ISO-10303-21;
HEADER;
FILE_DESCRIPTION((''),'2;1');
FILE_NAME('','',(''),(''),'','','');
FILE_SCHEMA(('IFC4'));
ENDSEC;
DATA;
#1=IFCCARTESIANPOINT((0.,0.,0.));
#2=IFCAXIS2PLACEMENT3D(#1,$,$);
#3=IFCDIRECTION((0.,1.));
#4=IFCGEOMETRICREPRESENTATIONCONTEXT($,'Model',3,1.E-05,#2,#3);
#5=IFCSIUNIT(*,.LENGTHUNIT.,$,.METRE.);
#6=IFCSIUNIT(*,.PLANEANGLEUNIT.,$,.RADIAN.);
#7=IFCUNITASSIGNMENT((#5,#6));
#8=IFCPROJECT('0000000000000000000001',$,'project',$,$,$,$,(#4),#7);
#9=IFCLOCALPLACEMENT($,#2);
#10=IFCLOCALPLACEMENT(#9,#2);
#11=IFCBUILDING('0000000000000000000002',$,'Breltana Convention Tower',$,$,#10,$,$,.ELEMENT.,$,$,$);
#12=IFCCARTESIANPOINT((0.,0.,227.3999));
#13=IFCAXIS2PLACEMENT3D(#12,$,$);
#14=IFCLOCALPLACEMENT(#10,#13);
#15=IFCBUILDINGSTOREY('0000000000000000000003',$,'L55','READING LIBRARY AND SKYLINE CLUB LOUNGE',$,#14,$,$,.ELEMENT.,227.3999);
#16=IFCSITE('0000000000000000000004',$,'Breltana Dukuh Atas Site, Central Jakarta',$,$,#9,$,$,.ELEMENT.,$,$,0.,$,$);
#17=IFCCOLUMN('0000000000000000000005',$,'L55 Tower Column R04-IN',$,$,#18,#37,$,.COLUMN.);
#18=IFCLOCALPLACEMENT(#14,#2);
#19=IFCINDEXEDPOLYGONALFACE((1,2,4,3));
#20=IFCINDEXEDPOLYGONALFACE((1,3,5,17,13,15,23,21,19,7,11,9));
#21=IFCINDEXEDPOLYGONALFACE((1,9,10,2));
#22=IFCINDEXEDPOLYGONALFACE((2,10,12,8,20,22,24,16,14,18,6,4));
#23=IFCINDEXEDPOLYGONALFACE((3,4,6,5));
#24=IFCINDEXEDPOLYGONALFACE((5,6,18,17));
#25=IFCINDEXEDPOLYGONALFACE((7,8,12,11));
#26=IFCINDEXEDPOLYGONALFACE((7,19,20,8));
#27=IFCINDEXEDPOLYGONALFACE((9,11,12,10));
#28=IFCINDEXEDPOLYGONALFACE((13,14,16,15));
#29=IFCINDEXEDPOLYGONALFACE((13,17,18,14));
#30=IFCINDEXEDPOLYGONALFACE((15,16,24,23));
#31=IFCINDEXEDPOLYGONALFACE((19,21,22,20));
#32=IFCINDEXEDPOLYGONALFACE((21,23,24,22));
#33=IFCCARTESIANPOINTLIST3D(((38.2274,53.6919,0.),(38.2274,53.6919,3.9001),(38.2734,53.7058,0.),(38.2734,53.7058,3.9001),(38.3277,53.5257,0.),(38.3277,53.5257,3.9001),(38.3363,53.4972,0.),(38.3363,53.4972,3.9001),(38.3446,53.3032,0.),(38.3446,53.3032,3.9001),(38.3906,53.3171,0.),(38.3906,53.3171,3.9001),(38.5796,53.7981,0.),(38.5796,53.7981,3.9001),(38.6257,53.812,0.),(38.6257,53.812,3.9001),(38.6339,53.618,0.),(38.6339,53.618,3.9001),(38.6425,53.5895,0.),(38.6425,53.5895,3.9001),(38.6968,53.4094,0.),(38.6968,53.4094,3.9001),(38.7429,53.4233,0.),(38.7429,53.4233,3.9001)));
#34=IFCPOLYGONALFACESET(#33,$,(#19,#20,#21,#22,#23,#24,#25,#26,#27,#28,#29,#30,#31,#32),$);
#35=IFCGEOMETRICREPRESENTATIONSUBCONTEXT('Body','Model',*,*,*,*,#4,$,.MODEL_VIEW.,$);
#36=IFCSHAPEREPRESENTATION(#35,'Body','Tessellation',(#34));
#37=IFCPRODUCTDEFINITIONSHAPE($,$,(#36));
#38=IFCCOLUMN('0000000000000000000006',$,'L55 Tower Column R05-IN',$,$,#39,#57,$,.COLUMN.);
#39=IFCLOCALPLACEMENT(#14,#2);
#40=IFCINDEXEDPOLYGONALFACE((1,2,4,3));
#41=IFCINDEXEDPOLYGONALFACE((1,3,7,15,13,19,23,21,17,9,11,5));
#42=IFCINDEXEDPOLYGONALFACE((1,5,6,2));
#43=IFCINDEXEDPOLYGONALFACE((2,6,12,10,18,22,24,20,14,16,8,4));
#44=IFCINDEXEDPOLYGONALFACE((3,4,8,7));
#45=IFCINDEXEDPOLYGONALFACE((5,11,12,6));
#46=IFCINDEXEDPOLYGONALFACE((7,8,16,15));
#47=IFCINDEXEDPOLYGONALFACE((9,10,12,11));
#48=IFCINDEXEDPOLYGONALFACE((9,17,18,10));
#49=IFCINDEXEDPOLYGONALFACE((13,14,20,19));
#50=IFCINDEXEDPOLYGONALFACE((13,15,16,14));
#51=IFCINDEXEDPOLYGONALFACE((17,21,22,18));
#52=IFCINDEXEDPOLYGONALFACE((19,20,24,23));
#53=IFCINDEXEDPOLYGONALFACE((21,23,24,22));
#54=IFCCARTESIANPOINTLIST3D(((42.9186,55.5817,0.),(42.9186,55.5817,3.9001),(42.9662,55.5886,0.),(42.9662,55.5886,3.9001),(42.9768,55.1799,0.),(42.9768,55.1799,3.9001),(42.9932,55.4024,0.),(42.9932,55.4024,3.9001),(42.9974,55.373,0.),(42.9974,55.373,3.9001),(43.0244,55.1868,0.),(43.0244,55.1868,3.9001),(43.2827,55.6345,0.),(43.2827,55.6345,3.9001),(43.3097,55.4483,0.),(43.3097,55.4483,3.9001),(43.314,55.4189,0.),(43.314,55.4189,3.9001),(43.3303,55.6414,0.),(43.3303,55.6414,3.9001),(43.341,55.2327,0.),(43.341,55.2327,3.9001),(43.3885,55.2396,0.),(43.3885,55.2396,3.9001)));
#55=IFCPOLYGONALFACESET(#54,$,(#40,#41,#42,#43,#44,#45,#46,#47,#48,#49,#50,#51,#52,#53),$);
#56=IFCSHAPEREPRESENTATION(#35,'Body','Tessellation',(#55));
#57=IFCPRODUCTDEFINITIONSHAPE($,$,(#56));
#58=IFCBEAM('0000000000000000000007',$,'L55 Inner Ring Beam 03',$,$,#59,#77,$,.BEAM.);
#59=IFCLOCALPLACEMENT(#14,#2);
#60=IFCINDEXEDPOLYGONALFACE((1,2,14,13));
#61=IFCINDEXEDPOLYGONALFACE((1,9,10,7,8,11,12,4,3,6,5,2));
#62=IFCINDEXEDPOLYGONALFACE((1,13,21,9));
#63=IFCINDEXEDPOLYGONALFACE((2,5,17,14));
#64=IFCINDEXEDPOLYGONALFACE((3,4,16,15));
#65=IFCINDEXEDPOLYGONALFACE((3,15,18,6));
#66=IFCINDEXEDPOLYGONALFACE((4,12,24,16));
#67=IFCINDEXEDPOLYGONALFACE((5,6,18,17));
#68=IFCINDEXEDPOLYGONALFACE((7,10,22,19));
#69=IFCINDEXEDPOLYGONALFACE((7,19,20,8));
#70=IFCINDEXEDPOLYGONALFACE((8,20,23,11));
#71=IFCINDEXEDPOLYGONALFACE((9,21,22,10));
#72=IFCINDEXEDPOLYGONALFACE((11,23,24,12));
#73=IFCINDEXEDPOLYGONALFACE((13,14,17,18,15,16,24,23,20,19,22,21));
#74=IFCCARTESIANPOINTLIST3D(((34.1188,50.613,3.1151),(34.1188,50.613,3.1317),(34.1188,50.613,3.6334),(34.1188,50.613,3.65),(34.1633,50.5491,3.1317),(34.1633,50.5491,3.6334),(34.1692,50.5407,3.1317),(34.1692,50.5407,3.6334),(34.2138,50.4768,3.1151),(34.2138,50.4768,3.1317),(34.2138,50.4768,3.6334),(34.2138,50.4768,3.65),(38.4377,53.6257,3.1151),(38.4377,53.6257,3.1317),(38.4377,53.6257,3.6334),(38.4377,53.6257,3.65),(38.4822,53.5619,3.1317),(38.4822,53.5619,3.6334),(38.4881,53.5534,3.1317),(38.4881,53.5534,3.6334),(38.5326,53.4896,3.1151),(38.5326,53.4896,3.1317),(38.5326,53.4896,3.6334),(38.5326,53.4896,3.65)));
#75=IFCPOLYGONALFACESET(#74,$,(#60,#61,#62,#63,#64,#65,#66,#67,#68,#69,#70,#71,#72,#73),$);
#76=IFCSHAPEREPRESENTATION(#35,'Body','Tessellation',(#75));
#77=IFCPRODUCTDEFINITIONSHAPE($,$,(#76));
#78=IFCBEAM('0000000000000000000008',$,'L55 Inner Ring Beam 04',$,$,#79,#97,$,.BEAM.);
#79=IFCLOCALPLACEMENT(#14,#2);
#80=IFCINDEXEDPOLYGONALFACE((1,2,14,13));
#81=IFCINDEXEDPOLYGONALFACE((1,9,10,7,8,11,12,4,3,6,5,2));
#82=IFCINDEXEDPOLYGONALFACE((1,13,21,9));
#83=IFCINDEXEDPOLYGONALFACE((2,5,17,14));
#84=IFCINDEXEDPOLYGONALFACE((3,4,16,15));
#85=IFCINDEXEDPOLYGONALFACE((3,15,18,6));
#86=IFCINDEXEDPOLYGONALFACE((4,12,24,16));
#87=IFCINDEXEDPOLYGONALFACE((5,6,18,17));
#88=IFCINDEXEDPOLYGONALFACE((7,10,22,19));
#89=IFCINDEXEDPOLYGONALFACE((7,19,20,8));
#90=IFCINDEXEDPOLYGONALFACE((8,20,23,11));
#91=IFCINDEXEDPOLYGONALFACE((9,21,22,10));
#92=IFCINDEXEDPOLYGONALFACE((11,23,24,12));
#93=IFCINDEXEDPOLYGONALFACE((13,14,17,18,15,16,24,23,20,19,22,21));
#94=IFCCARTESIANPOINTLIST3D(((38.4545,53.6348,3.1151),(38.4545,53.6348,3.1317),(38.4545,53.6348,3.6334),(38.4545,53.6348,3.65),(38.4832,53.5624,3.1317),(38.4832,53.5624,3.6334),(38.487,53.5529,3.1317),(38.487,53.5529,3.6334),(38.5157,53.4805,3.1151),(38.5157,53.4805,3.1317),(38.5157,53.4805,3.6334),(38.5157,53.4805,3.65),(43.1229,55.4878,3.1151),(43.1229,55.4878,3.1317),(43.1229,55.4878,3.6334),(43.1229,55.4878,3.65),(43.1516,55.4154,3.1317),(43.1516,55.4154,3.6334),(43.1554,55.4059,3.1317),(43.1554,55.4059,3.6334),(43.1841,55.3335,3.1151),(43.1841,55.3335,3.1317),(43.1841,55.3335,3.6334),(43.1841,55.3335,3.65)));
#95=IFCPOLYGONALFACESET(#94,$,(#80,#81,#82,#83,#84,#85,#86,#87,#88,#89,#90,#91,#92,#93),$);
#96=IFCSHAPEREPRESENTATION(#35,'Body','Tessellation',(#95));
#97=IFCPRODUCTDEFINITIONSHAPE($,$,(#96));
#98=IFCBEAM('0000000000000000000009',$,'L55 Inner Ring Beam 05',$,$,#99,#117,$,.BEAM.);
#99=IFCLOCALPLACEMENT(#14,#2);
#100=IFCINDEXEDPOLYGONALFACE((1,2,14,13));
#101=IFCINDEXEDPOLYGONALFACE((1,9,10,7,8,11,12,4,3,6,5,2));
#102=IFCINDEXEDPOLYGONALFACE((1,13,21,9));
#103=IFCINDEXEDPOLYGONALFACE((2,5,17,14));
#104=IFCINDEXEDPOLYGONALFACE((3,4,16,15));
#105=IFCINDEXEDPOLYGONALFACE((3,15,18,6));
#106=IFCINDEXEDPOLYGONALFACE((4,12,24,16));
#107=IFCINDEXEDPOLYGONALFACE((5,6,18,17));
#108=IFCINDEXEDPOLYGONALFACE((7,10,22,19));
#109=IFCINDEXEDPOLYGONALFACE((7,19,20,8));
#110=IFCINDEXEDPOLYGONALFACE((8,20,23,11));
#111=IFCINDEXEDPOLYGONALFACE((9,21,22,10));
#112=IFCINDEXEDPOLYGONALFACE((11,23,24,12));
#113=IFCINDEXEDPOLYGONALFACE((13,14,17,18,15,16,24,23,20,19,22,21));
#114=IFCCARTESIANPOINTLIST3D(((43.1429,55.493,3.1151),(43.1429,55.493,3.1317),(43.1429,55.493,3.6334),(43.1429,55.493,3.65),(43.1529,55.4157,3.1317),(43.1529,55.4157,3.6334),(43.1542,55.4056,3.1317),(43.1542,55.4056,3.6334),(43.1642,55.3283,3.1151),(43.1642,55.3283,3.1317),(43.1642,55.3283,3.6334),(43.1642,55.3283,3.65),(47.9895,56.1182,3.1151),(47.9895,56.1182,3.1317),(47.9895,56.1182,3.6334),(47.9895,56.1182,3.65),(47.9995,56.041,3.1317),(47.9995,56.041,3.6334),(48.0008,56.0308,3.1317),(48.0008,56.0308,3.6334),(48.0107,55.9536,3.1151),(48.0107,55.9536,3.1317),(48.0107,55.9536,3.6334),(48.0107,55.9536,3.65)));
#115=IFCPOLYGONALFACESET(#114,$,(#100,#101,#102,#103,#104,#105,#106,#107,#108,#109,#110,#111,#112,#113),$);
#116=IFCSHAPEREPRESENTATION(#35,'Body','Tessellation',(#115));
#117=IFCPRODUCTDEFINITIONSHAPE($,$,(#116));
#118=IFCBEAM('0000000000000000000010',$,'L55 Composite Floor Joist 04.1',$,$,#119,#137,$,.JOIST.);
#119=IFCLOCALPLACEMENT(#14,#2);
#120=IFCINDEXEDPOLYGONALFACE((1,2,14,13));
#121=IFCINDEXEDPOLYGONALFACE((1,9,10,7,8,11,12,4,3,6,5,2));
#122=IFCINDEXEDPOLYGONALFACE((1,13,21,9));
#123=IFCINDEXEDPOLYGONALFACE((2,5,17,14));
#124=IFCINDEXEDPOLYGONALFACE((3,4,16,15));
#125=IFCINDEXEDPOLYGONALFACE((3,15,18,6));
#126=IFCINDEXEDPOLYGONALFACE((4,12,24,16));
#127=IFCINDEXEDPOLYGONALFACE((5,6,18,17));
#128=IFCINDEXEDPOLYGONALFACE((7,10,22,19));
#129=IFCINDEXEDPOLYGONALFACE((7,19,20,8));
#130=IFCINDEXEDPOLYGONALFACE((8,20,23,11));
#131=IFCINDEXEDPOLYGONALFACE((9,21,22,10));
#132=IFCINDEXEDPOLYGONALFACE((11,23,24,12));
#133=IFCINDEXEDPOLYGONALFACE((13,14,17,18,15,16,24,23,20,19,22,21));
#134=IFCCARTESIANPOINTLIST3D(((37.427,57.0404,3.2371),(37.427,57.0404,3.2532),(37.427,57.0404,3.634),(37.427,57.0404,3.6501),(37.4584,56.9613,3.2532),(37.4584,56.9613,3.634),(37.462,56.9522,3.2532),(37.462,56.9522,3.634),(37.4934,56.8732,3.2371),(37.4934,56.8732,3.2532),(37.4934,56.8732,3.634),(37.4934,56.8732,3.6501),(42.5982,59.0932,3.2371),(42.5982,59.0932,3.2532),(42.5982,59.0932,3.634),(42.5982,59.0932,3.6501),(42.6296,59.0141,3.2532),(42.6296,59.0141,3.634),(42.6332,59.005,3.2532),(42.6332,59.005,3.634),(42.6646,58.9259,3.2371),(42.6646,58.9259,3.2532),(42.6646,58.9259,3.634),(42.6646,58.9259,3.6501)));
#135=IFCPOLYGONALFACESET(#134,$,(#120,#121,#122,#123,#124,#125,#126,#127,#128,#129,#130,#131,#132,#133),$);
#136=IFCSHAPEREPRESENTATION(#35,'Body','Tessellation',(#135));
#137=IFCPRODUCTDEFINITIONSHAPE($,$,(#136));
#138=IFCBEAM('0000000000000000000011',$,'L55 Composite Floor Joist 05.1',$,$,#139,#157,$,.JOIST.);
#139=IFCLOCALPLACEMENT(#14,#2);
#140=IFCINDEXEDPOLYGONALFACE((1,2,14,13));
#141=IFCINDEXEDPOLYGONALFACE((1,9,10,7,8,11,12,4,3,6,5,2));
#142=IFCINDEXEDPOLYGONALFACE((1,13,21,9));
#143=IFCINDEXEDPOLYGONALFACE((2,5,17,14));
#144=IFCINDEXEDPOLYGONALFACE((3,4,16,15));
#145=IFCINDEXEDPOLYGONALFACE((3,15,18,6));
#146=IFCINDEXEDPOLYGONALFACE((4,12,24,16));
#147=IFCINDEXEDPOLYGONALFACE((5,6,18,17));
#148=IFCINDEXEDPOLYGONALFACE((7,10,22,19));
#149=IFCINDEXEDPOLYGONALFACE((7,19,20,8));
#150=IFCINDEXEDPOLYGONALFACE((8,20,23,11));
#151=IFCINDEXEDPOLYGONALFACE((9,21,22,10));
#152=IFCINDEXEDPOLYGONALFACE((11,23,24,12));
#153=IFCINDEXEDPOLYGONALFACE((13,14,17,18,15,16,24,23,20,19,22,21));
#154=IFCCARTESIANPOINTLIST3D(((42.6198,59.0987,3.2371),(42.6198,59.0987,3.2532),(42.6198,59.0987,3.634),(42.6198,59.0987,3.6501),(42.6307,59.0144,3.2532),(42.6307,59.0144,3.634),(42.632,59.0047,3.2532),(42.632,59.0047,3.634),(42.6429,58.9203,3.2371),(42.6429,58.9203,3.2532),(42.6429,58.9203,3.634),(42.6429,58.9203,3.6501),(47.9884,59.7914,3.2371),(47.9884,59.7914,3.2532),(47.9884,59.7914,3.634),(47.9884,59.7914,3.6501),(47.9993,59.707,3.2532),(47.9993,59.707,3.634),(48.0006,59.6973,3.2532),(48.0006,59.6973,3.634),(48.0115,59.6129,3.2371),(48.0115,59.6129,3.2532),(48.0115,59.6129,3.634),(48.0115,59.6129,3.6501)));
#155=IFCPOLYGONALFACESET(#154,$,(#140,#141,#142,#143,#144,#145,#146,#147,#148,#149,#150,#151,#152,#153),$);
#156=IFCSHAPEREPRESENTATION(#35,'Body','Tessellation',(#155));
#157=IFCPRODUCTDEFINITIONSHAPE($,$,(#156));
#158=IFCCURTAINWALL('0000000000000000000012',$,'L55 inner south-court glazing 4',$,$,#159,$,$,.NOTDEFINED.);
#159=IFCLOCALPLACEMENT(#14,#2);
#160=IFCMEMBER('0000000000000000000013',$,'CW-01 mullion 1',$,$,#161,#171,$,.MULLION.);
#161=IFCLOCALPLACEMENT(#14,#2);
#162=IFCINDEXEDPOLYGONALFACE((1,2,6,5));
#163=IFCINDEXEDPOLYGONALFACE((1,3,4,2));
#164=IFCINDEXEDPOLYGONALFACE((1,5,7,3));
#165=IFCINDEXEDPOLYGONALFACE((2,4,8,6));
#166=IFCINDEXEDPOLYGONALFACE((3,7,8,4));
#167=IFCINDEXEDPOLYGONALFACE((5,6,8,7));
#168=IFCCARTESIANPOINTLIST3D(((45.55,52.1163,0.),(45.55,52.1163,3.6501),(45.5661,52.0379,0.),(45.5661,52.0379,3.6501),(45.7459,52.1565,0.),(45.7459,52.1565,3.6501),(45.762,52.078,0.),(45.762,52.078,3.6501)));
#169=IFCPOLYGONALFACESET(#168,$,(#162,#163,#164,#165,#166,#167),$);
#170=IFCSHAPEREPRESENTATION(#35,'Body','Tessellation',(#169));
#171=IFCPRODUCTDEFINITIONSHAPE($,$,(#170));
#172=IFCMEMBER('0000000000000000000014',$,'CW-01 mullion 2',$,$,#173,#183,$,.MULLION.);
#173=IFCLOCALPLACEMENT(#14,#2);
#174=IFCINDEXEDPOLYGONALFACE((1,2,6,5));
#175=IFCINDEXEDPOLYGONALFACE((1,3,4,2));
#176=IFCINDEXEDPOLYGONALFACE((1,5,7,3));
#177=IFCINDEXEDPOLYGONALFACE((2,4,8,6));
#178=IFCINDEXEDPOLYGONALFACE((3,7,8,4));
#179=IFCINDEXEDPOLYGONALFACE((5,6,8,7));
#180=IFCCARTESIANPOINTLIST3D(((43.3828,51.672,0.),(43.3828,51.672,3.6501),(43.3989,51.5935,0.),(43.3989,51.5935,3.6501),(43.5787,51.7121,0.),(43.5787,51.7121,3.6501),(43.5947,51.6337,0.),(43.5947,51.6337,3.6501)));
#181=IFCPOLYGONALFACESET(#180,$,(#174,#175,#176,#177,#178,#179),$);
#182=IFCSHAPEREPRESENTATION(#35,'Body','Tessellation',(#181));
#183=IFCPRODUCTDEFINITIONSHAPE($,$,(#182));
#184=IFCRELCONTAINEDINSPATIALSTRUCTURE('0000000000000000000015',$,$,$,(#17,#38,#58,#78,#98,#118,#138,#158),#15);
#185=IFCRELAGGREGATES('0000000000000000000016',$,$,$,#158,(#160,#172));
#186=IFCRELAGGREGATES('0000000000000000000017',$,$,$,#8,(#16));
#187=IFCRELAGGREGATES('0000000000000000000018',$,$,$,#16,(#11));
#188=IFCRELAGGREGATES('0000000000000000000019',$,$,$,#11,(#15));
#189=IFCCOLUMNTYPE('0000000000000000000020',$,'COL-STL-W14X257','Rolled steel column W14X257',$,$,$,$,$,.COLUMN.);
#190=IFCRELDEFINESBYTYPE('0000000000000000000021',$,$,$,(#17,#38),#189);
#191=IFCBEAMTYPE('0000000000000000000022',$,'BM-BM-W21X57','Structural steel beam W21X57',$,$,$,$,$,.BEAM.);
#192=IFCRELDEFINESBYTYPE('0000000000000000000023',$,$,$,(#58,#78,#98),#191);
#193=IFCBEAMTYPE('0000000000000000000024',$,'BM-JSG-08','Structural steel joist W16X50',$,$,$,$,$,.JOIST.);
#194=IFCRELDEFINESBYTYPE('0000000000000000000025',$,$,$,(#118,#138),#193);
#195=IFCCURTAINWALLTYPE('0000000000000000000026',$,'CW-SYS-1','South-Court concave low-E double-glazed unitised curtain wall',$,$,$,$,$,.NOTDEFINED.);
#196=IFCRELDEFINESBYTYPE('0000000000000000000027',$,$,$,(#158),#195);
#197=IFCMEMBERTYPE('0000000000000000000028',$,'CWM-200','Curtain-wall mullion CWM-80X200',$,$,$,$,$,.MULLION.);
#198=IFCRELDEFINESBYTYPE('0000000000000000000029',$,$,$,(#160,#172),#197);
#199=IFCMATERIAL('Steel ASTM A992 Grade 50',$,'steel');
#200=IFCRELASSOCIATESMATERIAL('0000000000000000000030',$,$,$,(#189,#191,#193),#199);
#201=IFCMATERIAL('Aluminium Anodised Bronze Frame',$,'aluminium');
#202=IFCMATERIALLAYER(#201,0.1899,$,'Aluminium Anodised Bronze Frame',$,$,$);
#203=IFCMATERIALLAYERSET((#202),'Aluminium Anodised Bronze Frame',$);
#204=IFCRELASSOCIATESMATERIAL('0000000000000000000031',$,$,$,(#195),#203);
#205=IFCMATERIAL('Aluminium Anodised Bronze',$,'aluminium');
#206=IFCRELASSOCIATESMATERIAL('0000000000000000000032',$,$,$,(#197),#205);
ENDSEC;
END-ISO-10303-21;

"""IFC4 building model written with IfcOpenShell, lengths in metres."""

from ifc_helpers import new_model, si_unit, direction, frame, origin, origin_2d, place, context, subcontext, project, spatial, rectangle, i_section, extrude, source, transform, mapped, material, layer, layer_set, material_profile, profile_set, type_object, element, aggregate, save


model = new_model("IFC4")

# Units and contexts
model_context = context("Model", 3, precision=1e-05, world=origin(), true_north=direction((0.0, 1.0)))
body_context = subcontext(model_context, "Body", "Model", "MODEL_VIEW")
ifc_project = project(units=[si_unit("LENGTHUNIT", "METRE"), si_unit("PLANEANGLEUNIT", "RADIAN")], contexts=[model_context])

# Site, building, storey
site_placement = place(None, origin())
site = spatial("IfcSite", under=ifc_project, at=site_placement, Name="Breltana Dukuh Atas Site, Central Jakarta", CompositionType="ELEMENT", RefElevation=0.0)
building_placement = place(site_placement, origin())
building = spatial("IfcBuilding", under=site, at=building_placement, Name="Breltana Convention Tower", CompositionType="ELEMENT")
storey_placement = place(building_placement, frame((0.0, 0.0, 227.3999)))
storey = spatial("IfcBuildingStorey", under=building, at=storey_placement, Name="L55", Description="READING LIBRARY AND SKYLINE CLUB LOUNGE", CompositionType="ELEMENT", Elevation=227.3999)

# Columns
ifc_material_1 = material(Name="Steel ASTM A992 Grade 50", Category="steel")
ifc_material_profile_1 = material_profile(ifc_material_1, i_section(OverallWidth=0.406, OverallDepth=0.416, WebThickness=0.0298, FlangeThickness=0.0481, at=origin_2d()), Name="W14X257")
ifc_profile_set_1 = profile_set([ifc_material_profile_1], Name="Steel ASTM A992 Grade 50")
column_type = type_object("IfcColumnType", Name="COL-STL-W14X257", Description="Rolled steel column W14X257", PredefinedType="COLUMN", material=ifc_profile_set_1)
shared_shape_1 = source(origin(), body_context, "Body", "SweptSolid", [
    extrude(i_section(OverallWidth=0.406, OverallDepth=0.416, WebThickness=0.0298, FlangeThickness=0.0481, at=origin_2d()), origin(), (0.0, 0.0, 1.0), 3.9001),
])
for number, where, z_axis, x_axis, name in (
    (1, (38.4851, 53.5576, 0.0), (0.0, 0.0, 1.0), (-0.288698, 0.95742, 0.0), "L55 Tower Column R04-IN"),
    (2, (43.1536, 55.4106, 0.0), (0.0, 0.0, 1.0), (-0.143493, 0.989651, 0.0), "L55 Tower Column R05-IN"),
):
    element("IfcColumn", number, at=place(storey_placement, frame(where, z_axis=z_axis, x_axis=x_axis)), inside=storey, type_object=column_type, Name=name, PredefinedType="COLUMN", context=body_context, shape_type="MappedRepresentation", body=[
        mapped(shared_shape_1, transform((0.0, 0.0, 0.0), scale=1.0)),
    ])

# Beams
ifc_material_profile_2 = material_profile(ifc_material_1, i_section(OverallWidth=0.166, OverallDepth=0.5349, WebThickness=0.0103, FlangeThickness=0.0166, at=origin_2d()), Name="W21X57")
ifc_profile_set_2 = profile_set([ifc_material_profile_2], Name="Steel ASTM A992 Grade 50")
beam_type_1 = type_object("IfcBeamType", Name="BM-BM-W21X57", Description="Structural steel beam W21X57", PredefinedType="BEAM", material=ifc_profile_set_2)
shared_shape_2 = source(origin(), body_context, "Body", "SweptSolid", [
    extrude(i_section(OverallWidth=0.166, OverallDepth=0.5349, WebThickness=0.0103, FlangeThickness=0.0166, at=origin_2d()), origin(), (0.0, 0.0, 1.0), 5.2659),
])
beam_1_placement = place(storey_placement, frame((34.1663, 50.5449, 3.3826), z_axis=(0.820167, 0.572124, 0.0), x_axis=(-0.572124, 0.820167, 0.0)))
element("IfcBeam", 3, at=beam_1_placement, inside=storey, type_object=beam_type_1, Name="L55 Inner Ring Beam 03", PredefinedType="BEAM", context=body_context, shape_type="MappedRepresentation", body=[
    mapped(shared_shape_2, transform((0.0, 0.0, 0.0), scale=1.0)),
])
shared_shape_3 = source(origin(), body_context, "Body", "SweptSolid", [
    extrude(i_section(OverallWidth=0.166, OverallDepth=0.5349, WebThickness=0.0103, FlangeThickness=0.0166, at=origin_2d()), origin(), (0.0, 0.0, 1.0), 5.0227),
])
beam_2_placement = place(storey_placement, frame((38.4851, 53.5576, 3.3826), z_axis=(0.929459, 0.368926, 0.0), x_axis=(-0.368926, 0.929459, 0.0)))
element("IfcBeam", 4, at=beam_2_placement, inside=storey, type_object=beam_type_1, Name="L55 Inner Ring Beam 04", PredefinedType="BEAM", context=body_context, shape_type="MappedRepresentation", body=[
    mapped(shared_shape_3, transform((0.0, 0.0, 0.0), scale=1.0)),
])
shared_shape_4 = source(origin(), body_context, "Body", "SweptSolid", [
    extrude(i_section(OverallWidth=0.166, OverallDepth=0.5349, WebThickness=0.0103, FlangeThickness=0.0166, at=origin_2d()), origin(), (0.0, 0.0, 1.0), 4.8867),
])
beam_3_placement = place(storey_placement, frame((43.1536, 55.4106, 3.3826), z_axis=(0.991781, 0.127951, 0.0), x_axis=(-0.127951, 0.991781, 0.0)))
element("IfcBeam", 5, at=beam_3_placement, inside=storey, type_object=beam_type_1, Name="L55 Inner Ring Beam 05", PredefinedType="BEAM", context=body_context, shape_type="MappedRepresentation", body=[
    mapped(shared_shape_4, transform((0.0, 0.0, 0.0), scale=1.0)),
])
ifc_material_profile_3 = material_profile(ifc_material_1, i_section(OverallWidth=0.1799, OverallDepth=0.4131, WebThickness=0.0098, FlangeThickness=0.0161, at=origin_2d()), Name="W16X50")
ifc_profile_set_3 = profile_set([ifc_material_profile_3], Name="Steel ASTM A992 Grade 50")
beam_type_2 = type_object("IfcBeamType", Name="BM-JSG-08", Description="Structural steel joist W16X50", PredefinedType="JOIST", material=ifc_profile_set_3)
shared_shape_5 = source(origin(), body_context, "Body", "SweptSolid", [
    extrude(i_section(OverallWidth=0.1799, OverallDepth=0.4131, WebThickness=0.0098, FlangeThickness=0.0161, at=origin_2d()), origin(), (0.0, 0.0, 1.0), 5.5637),
])
beam_4_placement = place(storey_placement, frame((37.4602, 56.9568, 3.4436), z_axis=(0.929448, 0.368953, 0.0), x_axis=(-0.368953, 0.929448, 0.0)))
element("IfcBeam", 6, at=beam_4_placement, inside=storey, type_object=beam_type_2, Name="L55 Composite Floor Joist 04.1", PredefinedType="JOIST", context=body_context, shape_type="MappedRepresentation", body=[
    mapped(shared_shape_5, transform((0.0, 0.0, 0.0), scale=1.0)),
])
shared_shape_6 = source(origin(), body_context, "Body", "SweptSolid", [
    extrude(i_section(OverallWidth=0.1799, OverallDepth=0.4131, WebThickness=0.0098, FlangeThickness=0.0161, at=origin_2d()), origin(), (0.0, 0.0, 1.0), 5.4131),
])
beam_5_placement = place(storey_placement, frame((42.6313, 59.0095, 3.4436), z_axis=(0.99178, 0.127953, 0.0), x_axis=(-0.127953, 0.99178, 0.0)))
element("IfcBeam", 7, at=beam_5_placement, inside=storey, type_object=beam_type_2, Name="L55 Composite Floor Joist 05.1", PredefinedType="JOIST", context=body_context, shape_type="MappedRepresentation", body=[
    mapped(shared_shape_6, transform((0.0, 0.0, 0.0), scale=1.0)),
])

# Curtain wall, members
ifc_material_2 = material(Name="Aluminium Anodised Bronze Frame", Category="aluminium")
ifc_layer_1 = layer(ifc_material_2, 0.1899, Name="Aluminium Anodised Bronze Frame")
ifc_layer_set_1 = layer_set([ifc_layer_1], Name="Aluminium Anodised Bronze Frame")
curtain_wall_type = type_object("IfcCurtainWallType", Name="CW-SYS-1", Description="South-Court concave low-E double-glazed unitised curtain wall", PredefinedType="NOTDEFINED", material=ifc_layer_set_1)
curtain_wall_placement = place(storey_placement, origin())
curtain_wall = element("IfcCurtainWall", 8, at=curtain_wall_placement, inside=storey, type_object=curtain_wall_type, Name="L55 inner south-court glazing 4", PredefinedType="NOTDEFINED")
ifc_material_3 = material(Name="Aluminium Anodised Bronze", Category="aluminium")
ifc_material_profile_4 = material_profile(ifc_material_3, rectangle(XDim=0.0801, YDim=0.2, at=origin_2d()), Name="CWM-80X200")
ifc_profile_set_4 = profile_set([ifc_material_profile_4], Name="Aluminium Anodised Bronze")
member_type_1 = type_object("IfcMemberType", Name="CWM-200", Description="Curtain-wall mullion CWM-80X200", PredefinedType="MULLION", material=ifc_profile_set_4)
shared_shape_7 = source(origin(), body_context, "Body", "SweptSolid", [
    extrude(rectangle(XDim=0.0801, YDim=0.2, at=origin_2d()), origin(), (0.0, 0.0, 1.0), 3.6501),
])
member_1_placement = place(storey_placement, frame((45.656, 52.0972, 0.0), z_axis=(0.0, 0.0, 1.0), x_axis=(0.200854, -0.979621, 0.0)))
member_1 = element("IfcMember", 9, at=member_1_placement, type_object=member_type_1, Name="CW-01 mullion 1", PredefinedType="MULLION", context=body_context, shape_type="MappedRepresentation", body=[
    mapped(shared_shape_7, transform((0.0, 0.0, 0.0), scale=1.0)),
])
member_2_placement = place(storey_placement, frame((43.4888, 51.6528, 0.0), z_axis=(0.0, 0.0, 1.0), x_axis=(0.200854, -0.979621, 0.0)))
member_2 = element("IfcMember", 10, at=member_2_placement, type_object=member_type_1, Name="CW-01 mullion 2", PredefinedType="MULLION", context=body_context, shape_type="MappedRepresentation", body=[
    mapped(shared_shape_7, transform((0.0, 0.0, 0.0), scale=1.0)),
])
aggregate(curtain_wall, [member_1, member_2])

save(model, "model.ifc")
